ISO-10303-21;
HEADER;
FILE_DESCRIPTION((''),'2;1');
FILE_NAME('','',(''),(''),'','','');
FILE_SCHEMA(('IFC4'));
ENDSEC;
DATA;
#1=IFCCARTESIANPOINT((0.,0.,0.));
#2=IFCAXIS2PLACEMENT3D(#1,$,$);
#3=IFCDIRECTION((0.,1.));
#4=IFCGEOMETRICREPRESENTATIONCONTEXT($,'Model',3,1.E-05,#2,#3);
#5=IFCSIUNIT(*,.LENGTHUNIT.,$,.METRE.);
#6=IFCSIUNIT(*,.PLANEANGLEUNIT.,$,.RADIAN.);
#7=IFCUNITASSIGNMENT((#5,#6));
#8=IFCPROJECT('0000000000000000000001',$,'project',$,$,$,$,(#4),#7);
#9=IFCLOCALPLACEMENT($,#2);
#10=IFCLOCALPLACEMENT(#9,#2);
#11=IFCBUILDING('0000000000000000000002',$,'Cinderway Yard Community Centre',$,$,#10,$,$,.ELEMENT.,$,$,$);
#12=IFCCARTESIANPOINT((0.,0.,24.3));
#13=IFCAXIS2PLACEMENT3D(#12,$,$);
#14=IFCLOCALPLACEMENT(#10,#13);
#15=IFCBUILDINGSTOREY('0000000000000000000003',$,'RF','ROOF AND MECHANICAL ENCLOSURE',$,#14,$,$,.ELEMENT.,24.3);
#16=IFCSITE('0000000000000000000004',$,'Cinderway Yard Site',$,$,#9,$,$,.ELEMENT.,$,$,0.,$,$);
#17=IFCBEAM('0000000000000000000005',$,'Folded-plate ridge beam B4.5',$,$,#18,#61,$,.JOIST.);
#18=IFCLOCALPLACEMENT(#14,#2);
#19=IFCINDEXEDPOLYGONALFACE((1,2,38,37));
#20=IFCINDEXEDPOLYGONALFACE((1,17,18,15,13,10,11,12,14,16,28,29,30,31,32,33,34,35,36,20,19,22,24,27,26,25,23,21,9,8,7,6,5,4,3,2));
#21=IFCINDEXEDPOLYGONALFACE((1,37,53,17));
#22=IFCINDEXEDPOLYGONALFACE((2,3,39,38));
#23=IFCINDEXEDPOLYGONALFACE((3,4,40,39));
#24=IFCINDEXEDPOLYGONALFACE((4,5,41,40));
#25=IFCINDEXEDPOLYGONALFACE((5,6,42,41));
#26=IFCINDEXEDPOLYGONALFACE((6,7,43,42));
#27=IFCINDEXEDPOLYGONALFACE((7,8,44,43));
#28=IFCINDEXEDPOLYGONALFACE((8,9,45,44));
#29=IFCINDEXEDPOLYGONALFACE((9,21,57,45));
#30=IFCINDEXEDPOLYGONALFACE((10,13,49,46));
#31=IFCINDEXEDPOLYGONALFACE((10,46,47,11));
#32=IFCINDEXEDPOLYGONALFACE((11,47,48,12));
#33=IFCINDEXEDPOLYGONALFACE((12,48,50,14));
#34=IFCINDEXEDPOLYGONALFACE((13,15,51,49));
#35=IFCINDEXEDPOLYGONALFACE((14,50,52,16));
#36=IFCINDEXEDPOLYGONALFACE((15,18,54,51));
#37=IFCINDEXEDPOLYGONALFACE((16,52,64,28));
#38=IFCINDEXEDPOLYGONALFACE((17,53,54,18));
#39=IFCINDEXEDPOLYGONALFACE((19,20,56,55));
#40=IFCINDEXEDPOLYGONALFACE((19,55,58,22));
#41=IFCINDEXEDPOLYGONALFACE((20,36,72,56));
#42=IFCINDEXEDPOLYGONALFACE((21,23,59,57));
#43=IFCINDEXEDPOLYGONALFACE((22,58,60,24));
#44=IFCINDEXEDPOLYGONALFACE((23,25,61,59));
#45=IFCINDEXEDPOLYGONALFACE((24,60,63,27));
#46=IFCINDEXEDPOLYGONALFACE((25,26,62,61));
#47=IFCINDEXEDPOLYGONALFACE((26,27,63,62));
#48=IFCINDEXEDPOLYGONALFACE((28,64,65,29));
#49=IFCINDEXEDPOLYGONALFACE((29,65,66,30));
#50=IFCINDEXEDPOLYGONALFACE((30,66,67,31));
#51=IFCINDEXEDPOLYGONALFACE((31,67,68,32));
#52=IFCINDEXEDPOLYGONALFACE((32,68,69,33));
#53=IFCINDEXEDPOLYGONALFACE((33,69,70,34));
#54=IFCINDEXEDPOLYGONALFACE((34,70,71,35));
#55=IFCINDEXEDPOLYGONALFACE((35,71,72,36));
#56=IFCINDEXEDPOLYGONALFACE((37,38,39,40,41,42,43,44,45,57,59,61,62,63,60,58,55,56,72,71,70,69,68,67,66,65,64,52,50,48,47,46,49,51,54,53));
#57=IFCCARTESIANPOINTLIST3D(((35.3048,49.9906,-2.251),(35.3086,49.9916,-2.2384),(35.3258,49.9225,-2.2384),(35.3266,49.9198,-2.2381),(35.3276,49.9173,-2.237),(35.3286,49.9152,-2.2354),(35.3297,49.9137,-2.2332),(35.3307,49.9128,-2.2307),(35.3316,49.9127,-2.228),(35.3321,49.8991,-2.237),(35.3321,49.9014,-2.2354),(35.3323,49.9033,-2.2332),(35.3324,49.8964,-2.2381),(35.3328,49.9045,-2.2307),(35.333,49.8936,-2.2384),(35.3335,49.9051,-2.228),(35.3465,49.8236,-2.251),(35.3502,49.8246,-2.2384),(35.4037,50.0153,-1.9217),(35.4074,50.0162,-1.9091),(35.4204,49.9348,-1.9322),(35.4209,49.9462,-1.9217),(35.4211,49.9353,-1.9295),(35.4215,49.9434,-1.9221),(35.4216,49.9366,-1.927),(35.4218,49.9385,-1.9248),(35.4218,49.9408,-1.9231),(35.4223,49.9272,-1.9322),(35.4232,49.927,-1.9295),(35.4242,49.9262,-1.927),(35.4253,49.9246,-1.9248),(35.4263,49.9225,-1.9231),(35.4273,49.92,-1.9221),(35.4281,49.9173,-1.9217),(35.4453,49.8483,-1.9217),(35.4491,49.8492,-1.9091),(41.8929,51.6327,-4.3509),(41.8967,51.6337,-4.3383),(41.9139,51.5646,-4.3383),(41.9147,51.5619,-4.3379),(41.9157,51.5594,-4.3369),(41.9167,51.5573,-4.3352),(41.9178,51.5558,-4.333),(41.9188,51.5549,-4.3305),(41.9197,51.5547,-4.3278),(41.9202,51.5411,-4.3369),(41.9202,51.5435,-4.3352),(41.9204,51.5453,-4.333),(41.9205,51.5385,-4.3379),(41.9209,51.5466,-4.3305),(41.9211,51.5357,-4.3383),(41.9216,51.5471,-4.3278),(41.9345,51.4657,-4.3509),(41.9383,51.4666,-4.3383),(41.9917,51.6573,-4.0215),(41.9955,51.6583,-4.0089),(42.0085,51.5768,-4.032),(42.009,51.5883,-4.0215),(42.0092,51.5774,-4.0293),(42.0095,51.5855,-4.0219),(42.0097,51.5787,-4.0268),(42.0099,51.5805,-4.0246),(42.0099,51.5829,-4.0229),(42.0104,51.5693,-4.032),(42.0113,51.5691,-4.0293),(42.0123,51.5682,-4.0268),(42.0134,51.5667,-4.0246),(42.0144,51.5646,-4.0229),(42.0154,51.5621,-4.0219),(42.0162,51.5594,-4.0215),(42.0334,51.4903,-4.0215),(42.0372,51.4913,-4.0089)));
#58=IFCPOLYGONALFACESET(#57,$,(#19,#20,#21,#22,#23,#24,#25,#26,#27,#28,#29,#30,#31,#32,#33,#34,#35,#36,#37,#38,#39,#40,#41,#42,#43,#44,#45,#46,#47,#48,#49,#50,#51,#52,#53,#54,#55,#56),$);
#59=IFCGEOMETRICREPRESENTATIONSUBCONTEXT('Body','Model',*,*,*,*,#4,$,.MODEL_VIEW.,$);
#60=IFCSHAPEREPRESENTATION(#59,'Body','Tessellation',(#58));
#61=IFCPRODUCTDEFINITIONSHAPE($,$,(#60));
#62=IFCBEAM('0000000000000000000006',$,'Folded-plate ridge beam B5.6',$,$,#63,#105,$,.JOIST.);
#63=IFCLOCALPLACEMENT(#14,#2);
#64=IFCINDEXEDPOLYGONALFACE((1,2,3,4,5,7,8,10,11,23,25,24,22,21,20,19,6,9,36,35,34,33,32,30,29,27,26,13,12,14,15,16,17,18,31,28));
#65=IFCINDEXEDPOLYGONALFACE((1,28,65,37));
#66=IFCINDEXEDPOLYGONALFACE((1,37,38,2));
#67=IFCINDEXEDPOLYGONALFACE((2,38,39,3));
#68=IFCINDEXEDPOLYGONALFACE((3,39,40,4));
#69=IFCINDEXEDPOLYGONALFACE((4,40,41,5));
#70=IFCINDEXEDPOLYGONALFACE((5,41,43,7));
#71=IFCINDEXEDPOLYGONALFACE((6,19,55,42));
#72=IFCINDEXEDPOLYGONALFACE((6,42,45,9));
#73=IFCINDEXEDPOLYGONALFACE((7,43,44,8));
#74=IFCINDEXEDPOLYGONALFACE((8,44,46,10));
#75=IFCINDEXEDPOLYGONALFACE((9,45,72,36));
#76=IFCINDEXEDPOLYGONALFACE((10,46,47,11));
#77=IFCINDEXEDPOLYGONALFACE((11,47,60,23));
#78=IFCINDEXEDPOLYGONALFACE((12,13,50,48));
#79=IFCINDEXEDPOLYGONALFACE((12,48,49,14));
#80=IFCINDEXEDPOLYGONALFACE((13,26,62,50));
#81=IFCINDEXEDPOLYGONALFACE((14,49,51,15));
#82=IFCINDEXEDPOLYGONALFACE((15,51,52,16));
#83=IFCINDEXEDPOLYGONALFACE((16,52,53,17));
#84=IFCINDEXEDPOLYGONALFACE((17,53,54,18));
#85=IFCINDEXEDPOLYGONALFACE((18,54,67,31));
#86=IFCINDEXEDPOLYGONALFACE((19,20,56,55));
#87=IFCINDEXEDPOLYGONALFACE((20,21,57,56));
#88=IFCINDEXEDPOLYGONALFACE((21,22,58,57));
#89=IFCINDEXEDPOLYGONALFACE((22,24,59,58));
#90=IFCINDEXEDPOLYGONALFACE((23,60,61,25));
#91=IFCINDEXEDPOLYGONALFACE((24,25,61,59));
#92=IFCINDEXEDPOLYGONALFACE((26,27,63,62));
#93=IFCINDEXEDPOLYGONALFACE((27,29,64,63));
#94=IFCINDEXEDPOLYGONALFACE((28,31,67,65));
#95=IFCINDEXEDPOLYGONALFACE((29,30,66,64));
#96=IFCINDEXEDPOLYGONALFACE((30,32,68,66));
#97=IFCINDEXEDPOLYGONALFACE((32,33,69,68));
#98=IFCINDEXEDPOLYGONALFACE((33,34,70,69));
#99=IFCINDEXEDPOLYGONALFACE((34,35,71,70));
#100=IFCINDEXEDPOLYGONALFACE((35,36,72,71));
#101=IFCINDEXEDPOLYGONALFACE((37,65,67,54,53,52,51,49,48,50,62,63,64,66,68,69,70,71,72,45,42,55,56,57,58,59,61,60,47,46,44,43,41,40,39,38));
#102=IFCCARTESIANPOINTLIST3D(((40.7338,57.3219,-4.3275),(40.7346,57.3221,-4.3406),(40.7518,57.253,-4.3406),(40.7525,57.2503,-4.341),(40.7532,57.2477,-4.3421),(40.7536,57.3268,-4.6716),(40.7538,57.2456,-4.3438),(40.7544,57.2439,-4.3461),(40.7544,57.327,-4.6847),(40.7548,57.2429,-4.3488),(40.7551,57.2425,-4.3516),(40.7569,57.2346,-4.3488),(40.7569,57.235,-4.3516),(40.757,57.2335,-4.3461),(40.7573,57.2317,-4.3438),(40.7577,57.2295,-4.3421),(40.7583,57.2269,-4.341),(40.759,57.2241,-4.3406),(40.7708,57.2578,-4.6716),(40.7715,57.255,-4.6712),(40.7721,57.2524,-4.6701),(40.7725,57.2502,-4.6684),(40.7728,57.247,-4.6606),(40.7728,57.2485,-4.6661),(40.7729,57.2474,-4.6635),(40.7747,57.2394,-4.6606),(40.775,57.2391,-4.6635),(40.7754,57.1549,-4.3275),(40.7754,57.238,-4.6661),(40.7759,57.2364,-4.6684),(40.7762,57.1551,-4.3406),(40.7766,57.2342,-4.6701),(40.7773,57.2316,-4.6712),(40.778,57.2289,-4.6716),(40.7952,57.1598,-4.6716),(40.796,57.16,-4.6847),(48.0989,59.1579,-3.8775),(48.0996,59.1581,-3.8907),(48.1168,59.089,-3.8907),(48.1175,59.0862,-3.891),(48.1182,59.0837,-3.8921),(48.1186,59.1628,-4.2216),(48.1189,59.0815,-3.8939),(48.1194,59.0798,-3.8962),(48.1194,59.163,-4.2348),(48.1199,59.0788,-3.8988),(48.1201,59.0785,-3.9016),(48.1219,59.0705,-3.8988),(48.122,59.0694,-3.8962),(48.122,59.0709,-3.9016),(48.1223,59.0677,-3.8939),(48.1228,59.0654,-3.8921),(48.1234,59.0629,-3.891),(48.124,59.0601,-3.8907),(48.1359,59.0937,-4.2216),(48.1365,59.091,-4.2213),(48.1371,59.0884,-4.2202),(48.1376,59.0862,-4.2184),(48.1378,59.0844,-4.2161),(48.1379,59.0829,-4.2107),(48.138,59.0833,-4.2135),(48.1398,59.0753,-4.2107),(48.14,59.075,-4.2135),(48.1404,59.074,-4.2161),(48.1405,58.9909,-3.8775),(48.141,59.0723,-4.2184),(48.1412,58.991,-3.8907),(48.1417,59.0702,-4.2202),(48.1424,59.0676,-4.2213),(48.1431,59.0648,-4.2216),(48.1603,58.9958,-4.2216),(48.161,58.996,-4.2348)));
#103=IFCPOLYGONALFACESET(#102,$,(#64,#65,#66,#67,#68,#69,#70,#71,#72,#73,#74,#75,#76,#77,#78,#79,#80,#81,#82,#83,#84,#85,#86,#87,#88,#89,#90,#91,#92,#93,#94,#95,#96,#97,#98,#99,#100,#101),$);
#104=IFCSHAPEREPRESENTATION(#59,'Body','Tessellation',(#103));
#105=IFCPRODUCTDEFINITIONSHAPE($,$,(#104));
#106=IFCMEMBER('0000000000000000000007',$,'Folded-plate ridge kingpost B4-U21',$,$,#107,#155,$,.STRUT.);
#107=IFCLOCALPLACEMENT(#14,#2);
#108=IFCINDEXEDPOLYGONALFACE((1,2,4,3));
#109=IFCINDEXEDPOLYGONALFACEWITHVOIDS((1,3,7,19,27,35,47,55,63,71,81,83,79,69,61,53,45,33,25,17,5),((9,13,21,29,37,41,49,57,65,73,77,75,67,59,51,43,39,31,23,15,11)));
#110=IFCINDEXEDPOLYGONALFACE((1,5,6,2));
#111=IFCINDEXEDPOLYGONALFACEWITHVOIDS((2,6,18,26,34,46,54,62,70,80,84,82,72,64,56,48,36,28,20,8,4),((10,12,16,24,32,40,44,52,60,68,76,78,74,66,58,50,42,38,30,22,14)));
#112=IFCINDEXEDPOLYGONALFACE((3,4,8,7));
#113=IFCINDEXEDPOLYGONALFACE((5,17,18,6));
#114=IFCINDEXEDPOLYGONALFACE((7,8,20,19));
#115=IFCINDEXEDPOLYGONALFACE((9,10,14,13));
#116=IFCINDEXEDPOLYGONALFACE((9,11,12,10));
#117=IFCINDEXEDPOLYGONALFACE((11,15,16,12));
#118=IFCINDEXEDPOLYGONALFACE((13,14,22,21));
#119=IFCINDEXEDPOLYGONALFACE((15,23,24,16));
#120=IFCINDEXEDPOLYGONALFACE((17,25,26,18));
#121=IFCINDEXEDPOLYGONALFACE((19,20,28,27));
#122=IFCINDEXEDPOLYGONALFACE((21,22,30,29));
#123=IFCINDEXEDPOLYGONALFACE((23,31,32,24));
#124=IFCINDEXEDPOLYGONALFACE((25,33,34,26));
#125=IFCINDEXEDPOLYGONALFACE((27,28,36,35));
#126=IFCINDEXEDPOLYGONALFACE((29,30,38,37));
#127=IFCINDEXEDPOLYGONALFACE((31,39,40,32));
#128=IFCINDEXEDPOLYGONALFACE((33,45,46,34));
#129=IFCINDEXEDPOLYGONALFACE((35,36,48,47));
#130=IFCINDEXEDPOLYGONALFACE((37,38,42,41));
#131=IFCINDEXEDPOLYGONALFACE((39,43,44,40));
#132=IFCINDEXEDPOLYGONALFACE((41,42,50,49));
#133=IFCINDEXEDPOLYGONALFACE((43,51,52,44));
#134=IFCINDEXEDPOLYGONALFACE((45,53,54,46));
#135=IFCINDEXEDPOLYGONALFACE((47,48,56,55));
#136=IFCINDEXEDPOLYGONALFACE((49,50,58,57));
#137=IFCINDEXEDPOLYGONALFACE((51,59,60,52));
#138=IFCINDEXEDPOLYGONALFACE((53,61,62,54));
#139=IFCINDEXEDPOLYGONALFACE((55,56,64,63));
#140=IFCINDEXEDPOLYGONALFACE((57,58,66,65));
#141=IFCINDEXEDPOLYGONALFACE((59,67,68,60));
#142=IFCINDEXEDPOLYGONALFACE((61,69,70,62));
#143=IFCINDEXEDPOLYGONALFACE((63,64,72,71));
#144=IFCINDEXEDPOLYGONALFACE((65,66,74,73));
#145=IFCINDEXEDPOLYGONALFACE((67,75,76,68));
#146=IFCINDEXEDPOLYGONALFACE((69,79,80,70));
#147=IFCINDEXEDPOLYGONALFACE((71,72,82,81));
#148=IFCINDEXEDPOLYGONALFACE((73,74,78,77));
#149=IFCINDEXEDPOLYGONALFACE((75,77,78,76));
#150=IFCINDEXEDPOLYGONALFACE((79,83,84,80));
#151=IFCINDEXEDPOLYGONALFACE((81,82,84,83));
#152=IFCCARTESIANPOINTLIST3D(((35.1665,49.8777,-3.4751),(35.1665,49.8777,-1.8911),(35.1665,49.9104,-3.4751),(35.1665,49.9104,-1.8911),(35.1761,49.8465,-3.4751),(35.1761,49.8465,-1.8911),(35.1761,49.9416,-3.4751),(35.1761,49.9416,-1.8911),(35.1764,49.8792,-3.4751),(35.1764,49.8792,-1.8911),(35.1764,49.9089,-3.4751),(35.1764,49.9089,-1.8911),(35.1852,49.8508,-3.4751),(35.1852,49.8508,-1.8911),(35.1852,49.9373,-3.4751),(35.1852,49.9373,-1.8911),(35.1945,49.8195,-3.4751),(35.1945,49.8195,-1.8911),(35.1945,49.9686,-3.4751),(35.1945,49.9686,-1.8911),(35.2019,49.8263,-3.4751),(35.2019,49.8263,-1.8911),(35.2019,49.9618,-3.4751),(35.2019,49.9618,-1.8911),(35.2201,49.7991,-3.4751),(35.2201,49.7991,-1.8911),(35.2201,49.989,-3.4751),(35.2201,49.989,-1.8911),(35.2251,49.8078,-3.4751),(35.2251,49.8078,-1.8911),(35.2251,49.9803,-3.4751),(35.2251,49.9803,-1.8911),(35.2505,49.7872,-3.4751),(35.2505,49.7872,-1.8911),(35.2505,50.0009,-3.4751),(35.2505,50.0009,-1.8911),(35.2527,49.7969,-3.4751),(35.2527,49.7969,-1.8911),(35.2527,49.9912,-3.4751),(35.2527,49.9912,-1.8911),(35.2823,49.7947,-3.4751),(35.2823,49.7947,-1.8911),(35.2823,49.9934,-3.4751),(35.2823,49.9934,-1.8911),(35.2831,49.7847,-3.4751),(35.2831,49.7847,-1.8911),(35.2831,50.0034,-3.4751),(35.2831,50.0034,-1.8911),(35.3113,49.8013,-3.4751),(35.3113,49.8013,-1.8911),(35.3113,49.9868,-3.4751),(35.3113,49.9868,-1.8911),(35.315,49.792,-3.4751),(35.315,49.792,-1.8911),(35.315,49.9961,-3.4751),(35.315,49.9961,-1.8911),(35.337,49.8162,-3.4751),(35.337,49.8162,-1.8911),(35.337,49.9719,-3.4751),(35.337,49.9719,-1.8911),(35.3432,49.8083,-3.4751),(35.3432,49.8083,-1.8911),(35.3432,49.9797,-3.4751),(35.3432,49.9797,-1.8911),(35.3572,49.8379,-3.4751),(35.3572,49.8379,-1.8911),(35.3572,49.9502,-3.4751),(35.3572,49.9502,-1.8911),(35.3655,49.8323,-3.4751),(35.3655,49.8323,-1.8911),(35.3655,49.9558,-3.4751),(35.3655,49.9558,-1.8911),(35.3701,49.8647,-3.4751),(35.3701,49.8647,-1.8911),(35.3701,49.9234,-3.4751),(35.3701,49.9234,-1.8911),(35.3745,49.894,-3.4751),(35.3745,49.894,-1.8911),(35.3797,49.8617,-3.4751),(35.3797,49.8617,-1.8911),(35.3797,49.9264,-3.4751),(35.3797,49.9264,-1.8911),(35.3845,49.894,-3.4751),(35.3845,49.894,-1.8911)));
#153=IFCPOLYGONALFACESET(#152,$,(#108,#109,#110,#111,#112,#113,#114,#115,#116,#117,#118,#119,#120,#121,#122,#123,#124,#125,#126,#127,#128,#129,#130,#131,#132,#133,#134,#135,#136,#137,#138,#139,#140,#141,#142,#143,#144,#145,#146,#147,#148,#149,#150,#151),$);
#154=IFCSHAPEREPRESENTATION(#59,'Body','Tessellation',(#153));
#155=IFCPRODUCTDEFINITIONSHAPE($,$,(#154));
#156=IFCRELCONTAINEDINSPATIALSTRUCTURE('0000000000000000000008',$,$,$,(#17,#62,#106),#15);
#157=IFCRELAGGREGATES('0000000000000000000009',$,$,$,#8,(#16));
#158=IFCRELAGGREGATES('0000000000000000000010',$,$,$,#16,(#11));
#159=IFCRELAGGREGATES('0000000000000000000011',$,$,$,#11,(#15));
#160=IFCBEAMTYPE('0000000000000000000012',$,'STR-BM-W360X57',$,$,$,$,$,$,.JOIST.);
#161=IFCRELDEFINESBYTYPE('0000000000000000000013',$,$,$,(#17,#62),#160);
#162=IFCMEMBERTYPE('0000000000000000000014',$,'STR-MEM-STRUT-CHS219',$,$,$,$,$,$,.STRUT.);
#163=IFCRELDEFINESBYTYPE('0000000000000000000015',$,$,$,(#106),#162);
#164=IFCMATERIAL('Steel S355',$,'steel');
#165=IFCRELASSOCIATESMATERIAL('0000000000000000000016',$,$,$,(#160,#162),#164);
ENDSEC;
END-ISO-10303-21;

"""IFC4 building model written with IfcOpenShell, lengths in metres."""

from ifc_helpers import new_model, si_unit, direction, frame, origin, origin_2d, place, context, subcontext, project, spatial, hollow_circle, i_section, extrude, material, material_profile, profile_set, type_object, element, save


model = new_model("IFC4")

# Units and contexts
model_context = context("Model", 3, precision=1e-05, world=origin(), true_north=direction((0.0, 1.0)))
body_context = subcontext(model_context, "Body", "Model", "MODEL_VIEW")
ifc_project = project(units=[si_unit("LENGTHUNIT", "METRE"), si_unit("PLANEANGLEUNIT", "RADIAN")], contexts=[model_context])

# Site, building, storey
site_placement = place(None, origin())
site = spatial("IfcSite", under=ifc_project, at=site_placement, Name="Cinderway Yard Site", CompositionType="ELEMENT", RefElevation=0.0)
building_placement = place(site_placement, origin())
building = spatial("IfcBuilding", under=site, at=building_placement, Name="Cinderway Yard Community Centre", CompositionType="ELEMENT")
storey_placement = place(building_placement, frame((0.0, 0.0, 24.3)))
storey = spatial("IfcBuildingStorey", under=building, at=storey_placement, Name="RF", Description="ROOF AND MECHANICAL ENCLOSURE", CompositionType="ELEMENT", Elevation=24.3)

# Beams
ifc_material_1 = material(Name="Steel S355", Category="steel")
ifc_material_profile_1 = material_profile(ifc_material_1, i_section(OverallWidth=0.1721, OverallDepth=0.3579, WebThickness=0.0078, FlangeThickness=0.0132, FilletRadius=0.011, at=origin_2d()), Name="Steel S355")
ifc_profile_set_1 = profile_set([ifc_material_profile_1], Name="Steel S355")
beam_type = type_object("IfcBeamType", Name="STR-BM-W360X57", PredefinedType="JOIST", material=ifc_profile_set_1)
beam_1_placement = place(storey_placement, frame((35.377, 49.9199, -2.0801), z_axis=(0.926993, 0.231053, -0.295463), x_axis=(-0.24185, 0.970314, 0.0)))
element("IfcBeam", 1, at=beam_1_placement, inside=storey, type_object=beam_type, Name="Folded-plate ridge beam B4.5", PredefinedType="JOIST", context=body_context, shape_type="SweptSolid", body=[
    extrude(i_section(OverallWidth=0.1721, OverallDepth=0.3579, WebThickness=0.0078, FlangeThickness=0.0132, FilletRadius=0.011, at=origin_2d()), origin(), (0.0, 0.0, 1.0), 7.1069),
])
beam_2_placement = place(storey_placement, frame((40.7649, 57.241, -4.5061), z_axis=(0.968607, 0.241453, 0.059175), x_axis=(-0.241877, 0.970307, 0.0)))
element("IfcBeam", 2, at=beam_2_placement, inside=storey, type_object=beam_type, Name="Folded-plate ridge beam B5.6", PredefinedType="JOIST", context=body_context, shape_type="SweptSolid", body=[
    extrude(i_section(OverallWidth=0.1721, OverallDepth=0.3579, WebThickness=0.0078, FlangeThickness=0.0132, FilletRadius=0.011, at=origin_2d()), origin(), (0.0, 0.0, 1.0), 7.6038),
])

# Member
ifc_material_profile_2 = material_profile(ifc_material_1, hollow_circle(Radius=0.1096, WallThickness=0.01, at=origin_2d()), Name="Steel S355")
ifc_profile_set_2 = profile_set([ifc_material_profile_2], Name="Steel S355")
member_type_1 = type_object("IfcMemberType", Name="STR-MEM-STRUT-CHS219", PredefinedType="STRUT", material=ifc_profile_set_2)
for number, where, z_axis, x_axis, name in (
    (3, (35.2749, 49.894, -3.4751), (0.0, 0.0, 1.0), (1.0, 0.0, 0.0), "Folded-plate ridge kingpost B4-U21"),
):
    element("IfcMember", number, at=place(storey_placement, frame(where, z_axis=z_axis, x_axis=x_axis)), inside=storey, type_object=member_type_1, Name=name, PredefinedType="STRUT", context=body_context, shape_type="SweptSolid", body=[
        extrude(hollow_circle(Radius=0.1096, WallThickness=0.01, at=origin_2d()), origin(), (0.0, 0.0, 1.0), 1.584),
    ])

save(model, "model.ifc")
